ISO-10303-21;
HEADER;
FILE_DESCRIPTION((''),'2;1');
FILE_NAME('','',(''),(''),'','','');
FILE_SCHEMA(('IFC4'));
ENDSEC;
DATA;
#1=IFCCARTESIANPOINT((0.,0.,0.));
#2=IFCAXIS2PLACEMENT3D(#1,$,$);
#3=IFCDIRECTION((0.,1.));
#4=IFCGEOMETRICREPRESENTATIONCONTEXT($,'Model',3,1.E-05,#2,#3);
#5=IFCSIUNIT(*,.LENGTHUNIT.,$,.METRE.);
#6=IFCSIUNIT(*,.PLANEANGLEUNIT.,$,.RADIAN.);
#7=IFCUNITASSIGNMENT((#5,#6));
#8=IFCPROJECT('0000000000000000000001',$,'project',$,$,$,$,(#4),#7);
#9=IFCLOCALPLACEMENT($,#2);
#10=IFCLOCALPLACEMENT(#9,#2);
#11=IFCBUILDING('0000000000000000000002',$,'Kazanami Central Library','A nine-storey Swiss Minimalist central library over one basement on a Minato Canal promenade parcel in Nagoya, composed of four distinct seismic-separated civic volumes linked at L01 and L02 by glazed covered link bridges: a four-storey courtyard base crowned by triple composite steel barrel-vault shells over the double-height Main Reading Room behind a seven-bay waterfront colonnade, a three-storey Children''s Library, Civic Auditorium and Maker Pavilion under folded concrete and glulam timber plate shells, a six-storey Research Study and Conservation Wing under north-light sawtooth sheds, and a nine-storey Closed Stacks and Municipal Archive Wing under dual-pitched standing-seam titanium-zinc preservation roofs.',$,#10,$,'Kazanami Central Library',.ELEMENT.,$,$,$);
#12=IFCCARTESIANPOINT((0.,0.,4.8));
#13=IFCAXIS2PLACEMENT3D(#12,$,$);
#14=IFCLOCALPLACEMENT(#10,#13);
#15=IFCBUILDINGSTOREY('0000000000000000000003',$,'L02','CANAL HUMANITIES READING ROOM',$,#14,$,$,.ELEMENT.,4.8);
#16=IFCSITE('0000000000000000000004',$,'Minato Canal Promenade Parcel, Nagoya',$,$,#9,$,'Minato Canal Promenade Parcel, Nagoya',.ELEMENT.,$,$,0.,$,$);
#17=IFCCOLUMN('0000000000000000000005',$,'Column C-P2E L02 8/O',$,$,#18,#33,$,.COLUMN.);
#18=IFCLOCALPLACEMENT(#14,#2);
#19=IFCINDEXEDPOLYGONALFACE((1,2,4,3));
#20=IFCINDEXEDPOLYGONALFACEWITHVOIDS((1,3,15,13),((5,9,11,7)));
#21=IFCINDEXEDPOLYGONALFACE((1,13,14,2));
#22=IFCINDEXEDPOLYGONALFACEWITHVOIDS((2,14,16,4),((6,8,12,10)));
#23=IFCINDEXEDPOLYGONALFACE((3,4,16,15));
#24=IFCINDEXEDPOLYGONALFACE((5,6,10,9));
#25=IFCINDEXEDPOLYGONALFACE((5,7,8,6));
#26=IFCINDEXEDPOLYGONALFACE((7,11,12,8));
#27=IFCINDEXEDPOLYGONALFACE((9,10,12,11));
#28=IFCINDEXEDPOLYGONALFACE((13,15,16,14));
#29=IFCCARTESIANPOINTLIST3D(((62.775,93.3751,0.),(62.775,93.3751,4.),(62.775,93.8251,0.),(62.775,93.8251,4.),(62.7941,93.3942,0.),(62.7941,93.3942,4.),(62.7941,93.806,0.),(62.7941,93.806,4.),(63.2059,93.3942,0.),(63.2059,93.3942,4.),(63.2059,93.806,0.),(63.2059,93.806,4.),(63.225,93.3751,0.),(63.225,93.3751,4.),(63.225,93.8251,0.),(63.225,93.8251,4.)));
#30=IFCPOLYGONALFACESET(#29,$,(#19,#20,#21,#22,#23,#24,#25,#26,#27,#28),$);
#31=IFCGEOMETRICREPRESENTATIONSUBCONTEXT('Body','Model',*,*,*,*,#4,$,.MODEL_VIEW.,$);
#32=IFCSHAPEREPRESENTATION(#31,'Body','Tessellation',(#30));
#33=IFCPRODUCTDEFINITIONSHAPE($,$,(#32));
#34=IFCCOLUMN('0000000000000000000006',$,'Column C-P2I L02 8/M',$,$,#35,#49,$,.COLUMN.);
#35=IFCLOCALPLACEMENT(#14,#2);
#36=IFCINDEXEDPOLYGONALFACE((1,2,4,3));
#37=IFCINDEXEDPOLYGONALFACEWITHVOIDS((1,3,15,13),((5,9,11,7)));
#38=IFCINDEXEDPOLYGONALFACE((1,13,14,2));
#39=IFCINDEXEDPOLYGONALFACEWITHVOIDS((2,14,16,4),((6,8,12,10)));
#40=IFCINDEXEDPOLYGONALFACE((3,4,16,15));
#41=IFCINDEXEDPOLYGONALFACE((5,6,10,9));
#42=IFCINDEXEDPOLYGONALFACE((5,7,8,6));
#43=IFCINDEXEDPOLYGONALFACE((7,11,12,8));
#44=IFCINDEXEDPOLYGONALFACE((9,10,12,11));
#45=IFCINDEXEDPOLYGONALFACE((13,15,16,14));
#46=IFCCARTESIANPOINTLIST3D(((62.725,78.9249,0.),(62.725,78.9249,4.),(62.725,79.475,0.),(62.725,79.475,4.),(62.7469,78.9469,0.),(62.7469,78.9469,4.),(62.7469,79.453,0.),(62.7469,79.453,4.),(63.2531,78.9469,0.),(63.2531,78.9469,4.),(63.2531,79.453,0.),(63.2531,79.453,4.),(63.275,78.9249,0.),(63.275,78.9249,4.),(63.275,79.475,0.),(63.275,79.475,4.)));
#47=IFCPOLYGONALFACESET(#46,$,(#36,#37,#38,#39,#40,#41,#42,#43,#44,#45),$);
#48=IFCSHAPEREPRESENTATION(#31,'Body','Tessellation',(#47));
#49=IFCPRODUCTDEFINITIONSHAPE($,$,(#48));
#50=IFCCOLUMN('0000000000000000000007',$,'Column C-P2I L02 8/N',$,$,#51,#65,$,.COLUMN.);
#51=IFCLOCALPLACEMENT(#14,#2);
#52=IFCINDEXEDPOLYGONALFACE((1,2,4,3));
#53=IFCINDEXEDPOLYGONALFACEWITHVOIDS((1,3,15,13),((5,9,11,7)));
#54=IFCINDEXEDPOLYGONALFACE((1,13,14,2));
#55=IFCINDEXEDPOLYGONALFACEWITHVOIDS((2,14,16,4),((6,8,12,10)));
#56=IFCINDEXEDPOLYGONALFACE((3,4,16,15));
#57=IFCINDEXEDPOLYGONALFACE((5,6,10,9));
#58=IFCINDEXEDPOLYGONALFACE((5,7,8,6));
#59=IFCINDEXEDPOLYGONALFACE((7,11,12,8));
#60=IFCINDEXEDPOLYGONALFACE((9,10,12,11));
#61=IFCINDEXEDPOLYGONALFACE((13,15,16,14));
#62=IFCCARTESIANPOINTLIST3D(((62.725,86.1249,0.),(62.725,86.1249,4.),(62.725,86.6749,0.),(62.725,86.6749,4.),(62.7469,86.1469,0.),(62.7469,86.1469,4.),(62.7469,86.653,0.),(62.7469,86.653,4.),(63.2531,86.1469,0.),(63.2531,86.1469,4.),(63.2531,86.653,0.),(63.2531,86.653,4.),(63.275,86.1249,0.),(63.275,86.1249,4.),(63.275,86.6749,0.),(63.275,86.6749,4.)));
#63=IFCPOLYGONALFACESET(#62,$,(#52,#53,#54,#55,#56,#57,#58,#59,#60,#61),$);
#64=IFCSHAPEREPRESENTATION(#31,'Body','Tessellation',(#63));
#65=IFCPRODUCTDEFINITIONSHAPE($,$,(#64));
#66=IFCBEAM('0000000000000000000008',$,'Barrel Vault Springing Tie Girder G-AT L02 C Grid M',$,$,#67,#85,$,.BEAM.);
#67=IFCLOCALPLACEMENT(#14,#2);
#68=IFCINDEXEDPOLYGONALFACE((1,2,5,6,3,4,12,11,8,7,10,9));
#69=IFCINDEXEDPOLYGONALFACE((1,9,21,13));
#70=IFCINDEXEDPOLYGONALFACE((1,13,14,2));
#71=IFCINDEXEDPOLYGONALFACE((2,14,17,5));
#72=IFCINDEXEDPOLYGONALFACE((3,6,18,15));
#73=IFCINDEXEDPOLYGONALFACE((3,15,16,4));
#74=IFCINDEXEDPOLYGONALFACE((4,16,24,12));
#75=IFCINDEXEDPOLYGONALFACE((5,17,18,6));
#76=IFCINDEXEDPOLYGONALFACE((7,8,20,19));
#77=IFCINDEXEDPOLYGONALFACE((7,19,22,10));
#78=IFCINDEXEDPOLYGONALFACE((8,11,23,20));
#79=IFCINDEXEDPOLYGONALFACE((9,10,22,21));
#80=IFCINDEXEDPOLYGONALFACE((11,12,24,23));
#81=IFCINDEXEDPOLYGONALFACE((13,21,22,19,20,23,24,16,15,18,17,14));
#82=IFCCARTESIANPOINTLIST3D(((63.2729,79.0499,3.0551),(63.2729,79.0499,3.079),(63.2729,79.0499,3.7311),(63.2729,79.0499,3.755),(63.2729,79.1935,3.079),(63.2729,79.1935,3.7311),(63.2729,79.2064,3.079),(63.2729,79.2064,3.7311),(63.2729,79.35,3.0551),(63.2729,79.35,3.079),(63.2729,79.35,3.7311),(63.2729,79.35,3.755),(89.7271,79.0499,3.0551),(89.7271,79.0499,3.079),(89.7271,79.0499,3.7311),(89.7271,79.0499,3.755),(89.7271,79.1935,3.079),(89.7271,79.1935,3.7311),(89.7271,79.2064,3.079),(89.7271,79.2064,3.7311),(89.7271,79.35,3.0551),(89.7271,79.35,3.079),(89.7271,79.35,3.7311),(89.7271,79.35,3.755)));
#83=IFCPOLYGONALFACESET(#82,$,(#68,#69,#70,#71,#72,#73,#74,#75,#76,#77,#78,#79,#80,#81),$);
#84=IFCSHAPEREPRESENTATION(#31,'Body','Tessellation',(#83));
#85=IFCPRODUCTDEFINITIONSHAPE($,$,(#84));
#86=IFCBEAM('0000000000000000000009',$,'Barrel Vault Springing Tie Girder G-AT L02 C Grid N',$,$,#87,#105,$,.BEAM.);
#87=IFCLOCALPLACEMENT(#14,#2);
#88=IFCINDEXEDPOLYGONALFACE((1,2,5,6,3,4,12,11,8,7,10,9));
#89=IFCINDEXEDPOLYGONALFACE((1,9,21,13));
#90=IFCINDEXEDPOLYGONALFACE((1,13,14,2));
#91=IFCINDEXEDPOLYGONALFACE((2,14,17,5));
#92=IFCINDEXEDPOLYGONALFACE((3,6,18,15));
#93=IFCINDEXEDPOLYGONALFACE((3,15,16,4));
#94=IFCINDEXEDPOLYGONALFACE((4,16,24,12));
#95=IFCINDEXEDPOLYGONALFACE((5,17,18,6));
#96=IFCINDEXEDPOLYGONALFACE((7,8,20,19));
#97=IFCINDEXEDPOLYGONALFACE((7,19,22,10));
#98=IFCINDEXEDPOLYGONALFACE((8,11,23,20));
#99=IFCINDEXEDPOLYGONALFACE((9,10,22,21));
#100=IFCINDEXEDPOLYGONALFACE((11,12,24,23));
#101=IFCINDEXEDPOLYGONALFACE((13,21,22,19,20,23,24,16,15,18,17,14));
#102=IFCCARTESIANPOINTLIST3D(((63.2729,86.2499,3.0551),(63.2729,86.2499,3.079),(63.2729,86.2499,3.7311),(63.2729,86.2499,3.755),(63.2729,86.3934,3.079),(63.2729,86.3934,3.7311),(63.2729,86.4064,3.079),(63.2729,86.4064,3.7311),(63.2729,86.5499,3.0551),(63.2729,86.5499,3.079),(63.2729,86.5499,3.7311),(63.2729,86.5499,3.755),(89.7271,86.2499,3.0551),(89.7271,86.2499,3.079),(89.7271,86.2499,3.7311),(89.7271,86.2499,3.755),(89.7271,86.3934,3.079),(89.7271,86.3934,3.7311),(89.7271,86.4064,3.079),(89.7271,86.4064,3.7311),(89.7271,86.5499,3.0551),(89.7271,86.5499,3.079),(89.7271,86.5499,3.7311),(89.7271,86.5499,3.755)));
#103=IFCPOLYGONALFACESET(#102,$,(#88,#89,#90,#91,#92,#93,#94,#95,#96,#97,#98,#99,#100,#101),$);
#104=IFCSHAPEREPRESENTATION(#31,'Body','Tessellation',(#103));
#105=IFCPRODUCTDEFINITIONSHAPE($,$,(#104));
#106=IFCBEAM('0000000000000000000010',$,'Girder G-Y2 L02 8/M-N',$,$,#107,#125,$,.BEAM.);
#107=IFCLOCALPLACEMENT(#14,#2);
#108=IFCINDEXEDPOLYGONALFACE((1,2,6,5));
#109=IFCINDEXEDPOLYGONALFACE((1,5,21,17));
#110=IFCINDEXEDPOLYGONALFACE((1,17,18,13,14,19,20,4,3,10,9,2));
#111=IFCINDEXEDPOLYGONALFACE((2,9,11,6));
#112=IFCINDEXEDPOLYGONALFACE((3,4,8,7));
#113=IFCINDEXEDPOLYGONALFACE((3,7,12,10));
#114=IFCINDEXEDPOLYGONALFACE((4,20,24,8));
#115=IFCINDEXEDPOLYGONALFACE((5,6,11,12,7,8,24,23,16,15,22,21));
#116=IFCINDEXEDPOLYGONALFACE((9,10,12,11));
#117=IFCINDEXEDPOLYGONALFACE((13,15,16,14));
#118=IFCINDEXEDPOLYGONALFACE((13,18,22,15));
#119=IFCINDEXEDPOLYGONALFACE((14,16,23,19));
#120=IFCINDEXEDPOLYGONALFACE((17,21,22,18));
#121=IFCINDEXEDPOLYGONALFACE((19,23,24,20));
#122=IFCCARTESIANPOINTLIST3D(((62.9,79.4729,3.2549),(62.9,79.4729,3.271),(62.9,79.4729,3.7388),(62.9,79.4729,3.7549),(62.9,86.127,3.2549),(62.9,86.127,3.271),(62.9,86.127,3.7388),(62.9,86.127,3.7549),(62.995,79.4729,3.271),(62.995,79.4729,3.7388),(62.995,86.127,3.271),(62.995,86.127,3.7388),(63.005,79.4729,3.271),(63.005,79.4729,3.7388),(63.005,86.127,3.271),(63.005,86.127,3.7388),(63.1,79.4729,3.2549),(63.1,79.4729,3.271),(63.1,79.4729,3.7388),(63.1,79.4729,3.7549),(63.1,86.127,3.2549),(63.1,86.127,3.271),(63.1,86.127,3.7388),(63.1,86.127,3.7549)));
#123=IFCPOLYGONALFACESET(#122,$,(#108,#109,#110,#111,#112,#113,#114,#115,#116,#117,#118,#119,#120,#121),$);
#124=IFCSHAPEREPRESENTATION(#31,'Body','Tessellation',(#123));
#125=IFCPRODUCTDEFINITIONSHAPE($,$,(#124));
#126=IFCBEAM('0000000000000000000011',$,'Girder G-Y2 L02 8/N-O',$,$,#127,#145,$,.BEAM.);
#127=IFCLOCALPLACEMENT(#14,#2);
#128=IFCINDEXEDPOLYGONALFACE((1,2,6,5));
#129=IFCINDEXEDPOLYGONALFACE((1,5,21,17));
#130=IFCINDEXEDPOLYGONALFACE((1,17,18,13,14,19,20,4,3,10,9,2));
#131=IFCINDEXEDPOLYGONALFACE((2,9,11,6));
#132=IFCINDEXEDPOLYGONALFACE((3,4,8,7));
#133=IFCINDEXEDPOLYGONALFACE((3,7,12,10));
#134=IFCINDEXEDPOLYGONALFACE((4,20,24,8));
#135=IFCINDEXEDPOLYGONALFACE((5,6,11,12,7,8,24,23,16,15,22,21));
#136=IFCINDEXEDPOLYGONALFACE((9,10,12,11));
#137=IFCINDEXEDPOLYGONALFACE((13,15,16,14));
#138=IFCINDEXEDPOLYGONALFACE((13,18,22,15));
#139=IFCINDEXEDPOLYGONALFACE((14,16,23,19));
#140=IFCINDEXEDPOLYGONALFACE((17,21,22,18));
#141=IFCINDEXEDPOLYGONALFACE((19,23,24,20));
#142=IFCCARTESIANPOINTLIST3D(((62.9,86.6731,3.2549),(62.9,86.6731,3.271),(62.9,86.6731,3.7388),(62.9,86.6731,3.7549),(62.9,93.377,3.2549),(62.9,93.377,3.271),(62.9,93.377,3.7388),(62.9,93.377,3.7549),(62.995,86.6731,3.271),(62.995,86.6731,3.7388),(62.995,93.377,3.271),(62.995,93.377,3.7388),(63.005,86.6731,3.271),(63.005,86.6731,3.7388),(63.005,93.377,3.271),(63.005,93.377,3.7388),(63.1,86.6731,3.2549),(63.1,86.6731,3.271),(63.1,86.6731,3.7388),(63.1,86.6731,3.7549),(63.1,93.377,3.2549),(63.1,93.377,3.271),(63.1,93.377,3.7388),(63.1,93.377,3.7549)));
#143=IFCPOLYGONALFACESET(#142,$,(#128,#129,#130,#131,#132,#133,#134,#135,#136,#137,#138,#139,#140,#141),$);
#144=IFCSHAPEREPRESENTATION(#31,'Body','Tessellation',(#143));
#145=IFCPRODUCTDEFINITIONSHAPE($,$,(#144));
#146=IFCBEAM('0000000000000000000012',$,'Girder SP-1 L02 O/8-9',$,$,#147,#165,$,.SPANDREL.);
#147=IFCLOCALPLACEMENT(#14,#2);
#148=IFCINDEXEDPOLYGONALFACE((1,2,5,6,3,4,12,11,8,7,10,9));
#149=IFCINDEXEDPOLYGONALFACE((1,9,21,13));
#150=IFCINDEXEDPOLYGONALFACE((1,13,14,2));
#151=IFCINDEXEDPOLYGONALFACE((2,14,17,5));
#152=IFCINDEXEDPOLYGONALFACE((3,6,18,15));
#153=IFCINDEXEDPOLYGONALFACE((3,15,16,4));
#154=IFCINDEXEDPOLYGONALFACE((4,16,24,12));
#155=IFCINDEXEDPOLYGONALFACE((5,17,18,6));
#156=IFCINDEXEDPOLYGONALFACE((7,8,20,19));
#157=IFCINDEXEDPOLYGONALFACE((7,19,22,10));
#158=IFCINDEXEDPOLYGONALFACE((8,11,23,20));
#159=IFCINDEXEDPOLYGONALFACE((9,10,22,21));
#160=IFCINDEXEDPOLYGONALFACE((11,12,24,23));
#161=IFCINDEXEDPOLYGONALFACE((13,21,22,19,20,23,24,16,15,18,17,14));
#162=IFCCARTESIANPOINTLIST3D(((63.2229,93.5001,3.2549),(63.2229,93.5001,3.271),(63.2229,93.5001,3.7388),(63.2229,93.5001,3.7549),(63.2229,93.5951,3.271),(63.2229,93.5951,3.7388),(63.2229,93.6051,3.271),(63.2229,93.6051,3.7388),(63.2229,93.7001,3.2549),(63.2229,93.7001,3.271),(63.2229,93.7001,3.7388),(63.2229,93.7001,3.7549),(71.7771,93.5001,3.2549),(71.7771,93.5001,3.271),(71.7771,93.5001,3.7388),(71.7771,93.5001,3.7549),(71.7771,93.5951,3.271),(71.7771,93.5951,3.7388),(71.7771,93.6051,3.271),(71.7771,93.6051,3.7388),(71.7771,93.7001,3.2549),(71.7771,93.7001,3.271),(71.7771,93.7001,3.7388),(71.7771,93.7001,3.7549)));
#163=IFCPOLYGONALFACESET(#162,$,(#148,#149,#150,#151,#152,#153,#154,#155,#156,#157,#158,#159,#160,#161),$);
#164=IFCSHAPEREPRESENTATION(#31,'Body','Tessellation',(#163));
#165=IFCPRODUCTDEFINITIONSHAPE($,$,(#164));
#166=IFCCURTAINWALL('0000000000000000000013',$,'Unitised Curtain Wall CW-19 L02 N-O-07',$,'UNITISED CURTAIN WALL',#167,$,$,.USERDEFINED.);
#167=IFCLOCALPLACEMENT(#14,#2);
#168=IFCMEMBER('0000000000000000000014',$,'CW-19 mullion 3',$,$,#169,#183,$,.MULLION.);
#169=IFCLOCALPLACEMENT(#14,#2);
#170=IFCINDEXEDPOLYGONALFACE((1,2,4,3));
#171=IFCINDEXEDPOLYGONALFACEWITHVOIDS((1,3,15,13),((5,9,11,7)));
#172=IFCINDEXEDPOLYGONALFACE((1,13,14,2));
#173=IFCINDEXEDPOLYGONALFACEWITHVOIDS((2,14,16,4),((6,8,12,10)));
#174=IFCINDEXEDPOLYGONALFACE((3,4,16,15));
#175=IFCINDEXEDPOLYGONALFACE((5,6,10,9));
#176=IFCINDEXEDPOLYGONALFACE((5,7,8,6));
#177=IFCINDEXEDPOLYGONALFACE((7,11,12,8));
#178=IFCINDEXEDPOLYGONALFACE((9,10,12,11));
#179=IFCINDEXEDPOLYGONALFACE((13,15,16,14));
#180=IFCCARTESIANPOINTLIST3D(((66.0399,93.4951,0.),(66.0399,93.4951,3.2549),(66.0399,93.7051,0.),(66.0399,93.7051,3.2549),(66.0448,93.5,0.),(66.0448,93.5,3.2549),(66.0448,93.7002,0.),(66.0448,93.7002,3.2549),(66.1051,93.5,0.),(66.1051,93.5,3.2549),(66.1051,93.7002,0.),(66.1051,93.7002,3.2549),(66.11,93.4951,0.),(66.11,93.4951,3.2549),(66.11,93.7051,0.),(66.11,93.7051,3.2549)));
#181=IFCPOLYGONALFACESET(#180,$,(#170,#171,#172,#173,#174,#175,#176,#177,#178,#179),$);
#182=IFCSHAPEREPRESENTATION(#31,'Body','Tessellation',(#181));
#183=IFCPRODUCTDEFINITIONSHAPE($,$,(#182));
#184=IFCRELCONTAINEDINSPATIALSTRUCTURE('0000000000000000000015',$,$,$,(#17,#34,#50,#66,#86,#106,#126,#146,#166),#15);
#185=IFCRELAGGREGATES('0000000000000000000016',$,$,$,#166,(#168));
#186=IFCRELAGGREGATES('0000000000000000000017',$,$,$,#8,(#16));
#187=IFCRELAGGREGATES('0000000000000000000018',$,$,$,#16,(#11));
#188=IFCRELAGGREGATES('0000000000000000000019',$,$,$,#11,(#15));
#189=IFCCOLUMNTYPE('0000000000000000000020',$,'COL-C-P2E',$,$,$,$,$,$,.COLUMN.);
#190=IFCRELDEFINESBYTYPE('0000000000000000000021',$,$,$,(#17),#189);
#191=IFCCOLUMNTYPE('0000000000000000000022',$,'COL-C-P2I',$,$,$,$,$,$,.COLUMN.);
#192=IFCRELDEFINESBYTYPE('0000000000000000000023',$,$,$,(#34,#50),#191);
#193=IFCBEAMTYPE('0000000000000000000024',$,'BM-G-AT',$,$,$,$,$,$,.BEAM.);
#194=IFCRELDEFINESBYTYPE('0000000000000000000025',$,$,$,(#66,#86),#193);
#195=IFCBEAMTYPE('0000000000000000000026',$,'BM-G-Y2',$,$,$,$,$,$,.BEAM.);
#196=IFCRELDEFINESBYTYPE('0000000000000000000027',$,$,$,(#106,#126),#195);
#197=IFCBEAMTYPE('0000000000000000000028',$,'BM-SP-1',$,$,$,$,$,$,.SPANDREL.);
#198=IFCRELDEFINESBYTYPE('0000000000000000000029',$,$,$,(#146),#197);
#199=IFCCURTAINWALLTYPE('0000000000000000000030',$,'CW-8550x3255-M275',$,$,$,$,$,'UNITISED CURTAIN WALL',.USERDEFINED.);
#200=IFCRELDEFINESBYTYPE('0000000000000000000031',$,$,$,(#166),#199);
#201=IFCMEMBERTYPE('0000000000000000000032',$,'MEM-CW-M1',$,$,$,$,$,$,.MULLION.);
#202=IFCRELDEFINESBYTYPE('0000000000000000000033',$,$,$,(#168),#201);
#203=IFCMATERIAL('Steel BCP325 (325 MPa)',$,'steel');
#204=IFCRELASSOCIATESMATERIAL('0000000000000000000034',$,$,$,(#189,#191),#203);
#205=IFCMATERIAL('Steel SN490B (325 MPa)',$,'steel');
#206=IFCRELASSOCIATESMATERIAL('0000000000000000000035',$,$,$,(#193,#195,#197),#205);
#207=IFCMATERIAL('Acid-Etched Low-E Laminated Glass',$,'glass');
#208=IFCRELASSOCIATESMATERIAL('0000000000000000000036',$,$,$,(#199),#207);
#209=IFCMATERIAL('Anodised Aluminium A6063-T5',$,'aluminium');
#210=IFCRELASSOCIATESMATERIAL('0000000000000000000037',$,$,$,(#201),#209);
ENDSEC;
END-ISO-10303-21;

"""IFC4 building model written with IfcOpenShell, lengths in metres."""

from ifc_helpers import new_model, si_unit, direction, frame, origin, origin_2d, place, context, subcontext, project, spatial, hollow_rectangle, i_section, extrude, material, material_profile, profile_set, type_object, element, aggregate, save


model = new_model("IFC4")

# Units and contexts
model_context = context("Model", 3, precision=1e-05, world=origin(), true_north=direction((0.0, 1.0)))
body_context = subcontext(model_context, "Body", "Model", "MODEL_VIEW")
ifc_project = project(units=[si_unit("LENGTHUNIT", "METRE"), si_unit("PLANEANGLEUNIT", "RADIAN")], contexts=[model_context])

# Site, building, storey
site_placement = place(None, origin())
site = spatial("IfcSite", under=ifc_project, at=site_placement, Name="Minato Canal Promenade Parcel, Nagoya", LongName="Minato Canal Promenade Parcel, Nagoya", CompositionType="ELEMENT", RefElevation=0.0)
building_placement = place(site_placement, origin())
building = spatial("IfcBuilding", under=site, at=building_placement, Name="Kazanami Central Library", Description="A nine-storey Swiss Minimalist central library over one basement on a Minato Canal promenade parcel in Nagoya, composed of four distinct seismic-separated civic volumes linked at L01 and L02 by glazed covered link bridges: a four-storey courtyard base crowned by triple composite steel barrel-vault shells over the double-height Main Reading Room behind a seven-bay waterfront colonnade, a three-storey Children's Library, Civic Auditorium and Maker Pavilion under folded concrete and glulam timber plate shells, a six-storey Research Study and Conservation Wing under north-light sawtooth sheds, and a nine-storey Closed Stacks and Municipal Archive Wing under dual-pitched standing-seam titanium-zinc preservation roofs.", LongName="Kazanami Central Library", CompositionType="ELEMENT")
storey_placement = place(building_placement, frame((0.0, 0.0, 4.8)))
storey = spatial("IfcBuildingStorey", under=building, at=storey_placement, Name="L02", Description="CANAL HUMANITIES READING ROOM", CompositionType="ELEMENT", Elevation=4.8)

# Columns
ifc_material_1 = material(Name="Steel BCP325 (325 MPa)", Category="steel")
ifc_material_profile_1 = material_profile(ifc_material_1, hollow_rectangle(XDim=0.45, YDim=0.45, WallThickness=0.019, at=origin_2d()), Name="BCP-450x450x19")
ifc_profile_set_1 = profile_set([ifc_material_profile_1], Name="Steel BCP325 (325 MPa)")
column_type_1 = type_object("IfcColumnType", Name="COL-C-P2E", PredefinedType="COLUMN", material=ifc_profile_set_1)
column_placement = place(storey_placement, frame((63.0, 93.6001, 0.0), z_axis=(0.0, 0.0, 1.0), x_axis=(1.0, 0.0, 0.0)))
element("IfcColumn", 1, at=column_placement, inside=storey, type_object=column_type_1, Name="Column C-P2E L02 8/O", PredefinedType="COLUMN", context=body_context, shape_type="SweptSolid", body=[
    extrude(hollow_rectangle(XDim=0.45, YDim=0.45, WallThickness=0.019, at=origin_2d()), origin(), (0.0, 0.0, 1.0), 4.0),
])
ifc_material_profile_2 = material_profile(ifc_material_1, hollow_rectangle(XDim=0.55, YDim=0.55, WallThickness=0.022, at=origin_2d()), Name="BCP-550x550x22")
ifc_profile_set_2 = profile_set([ifc_material_profile_2], Name="Steel BCP325 (325 MPa)")
column_type_2 = type_object("IfcColumnType", Name="COL-C-P2I", PredefinedType="COLUMN", material=ifc_profile_set_2)
for number, where, z_axis, x_axis, name in (
    (2, (63.0, 79.2, 0.0), (0.0, 0.0, 1.0), (1.0, 0.0, 0.0), "Column C-P2I L02 8/M"),
    (3, (63.0, 86.3999, 0.0), (0.0, 0.0, 1.0), (1.0, 0.0, 0.0), "Column C-P2I L02 8/N"),
):
    element("IfcColumn", number, at=place(storey_placement, frame(where, z_axis=z_axis, x_axis=x_axis)), inside=storey, type_object=column_type_2, Name=name, PredefinedType="COLUMN", context=body_context, shape_type="SweptSolid", body=[
        extrude(hollow_rectangle(XDim=0.55, YDim=0.55, WallThickness=0.022, at=origin_2d()), origin(), (0.0, 0.0, 1.0), 4.0),
    ])

# Beams
ifc_material_2 = material(Name="Steel SN490B (325 MPa)", Category="steel")
ifc_material_profile_3 = material_profile(ifc_material_2, i_section(OverallWidth=0.3, OverallDepth=0.7, WebThickness=0.0129, FlangeThickness=0.0239, at=origin_2d()), Name="H-700x300x13x24")
ifc_profile_set_3 = profile_set([ifc_material_profile_3], Name="Steel SN490B (325 MPa)")
beam_type_1 = type_object("IfcBeamType", Name="BM-G-AT", PredefinedType="BEAM", material=ifc_profile_set_3)
for number, where, z_axis, x_axis, name in (
    (4, (63.2729, 79.2, 3.405), (1.0, 0.0, 0.0), (0.0, 1.0, 0.0), "Barrel Vault Springing Tie Girder G-AT L02 C Grid M"),
    (5, (63.2729, 86.3999, 3.405), (1.0, 0.0, 0.0), (0.0, 1.0, 0.0), "Barrel Vault Springing Tie Girder G-AT L02 C Grid N"),
):
    element("IfcBeam", number, at=place(storey_placement, frame(where, z_axis=z_axis, x_axis=x_axis)), inside=storey, type_object=beam_type_1, Name=name, PredefinedType="BEAM", context=body_context, shape_type="SweptSolid", body=[
        extrude(i_section(OverallWidth=0.3, OverallDepth=0.7, WebThickness=0.0129, FlangeThickness=0.0239, at=origin_2d()), origin(), (0.0, 0.0, 1.0), 26.4541),
    ])
ifc_material_profile_4 = material_profile(ifc_material_2, i_section(OverallWidth=0.2, OverallDepth=0.5, WebThickness=0.01, FlangeThickness=0.0161, at=origin_2d()), Name="H-500x200x10x16")
ifc_profile_set_4 = profile_set([ifc_material_profile_4], Name="Steel SN490B (325 MPa)")
beam_type_2 = type_object("IfcBeamType", Name="BM-G-Y2", PredefinedType="BEAM", material=ifc_profile_set_4)
beam_1_placement = place(storey_placement, frame((63.0, 79.4729, 3.5049), z_axis=(0.0, 1.0, 0.0), x_axis=(-1.0, 0.0, 0.0)))
element("IfcBeam", 6, at=beam_1_placement, inside=storey, type_object=beam_type_2, Name="Girder G-Y2 L02 8/M-N", PredefinedType="BEAM", context=body_context, shape_type="SweptSolid", body=[
    extrude(i_section(OverallWidth=0.2, OverallDepth=0.5, WebThickness=0.01, FlangeThickness=0.0161, at=origin_2d()), origin(), (0.0, 0.0, 1.0), 6.6541),
])
beam_2_placement = place(storey_placement, frame((63.0, 86.6731, 3.5049), z_axis=(0.0, 1.0, 0.0), x_axis=(-1.0, 0.0, 0.0)))
element("IfcBeam", 7, at=beam_2_placement, inside=storey, type_object=beam_type_2, Name="Girder G-Y2 L02 8/N-O", PredefinedType="BEAM", context=body_context, shape_type="SweptSolid", body=[
    extrude(i_section(OverallWidth=0.2, OverallDepth=0.5, WebThickness=0.01, FlangeThickness=0.0161, at=origin_2d()), origin(), (0.0, 0.0, 1.0), 6.7039),
])
ifc_material_profile_5 = material_profile(ifc_material_2, i_section(OverallWidth=0.2, OverallDepth=0.5, WebThickness=0.01, FlangeThickness=0.0161, at=origin_2d()), Name="H-500x200x10x16")
ifc_profile_set_5 = profile_set([ifc_material_profile_5], Name="Steel SN490B (325 MPa)")
beam_type_3 = type_object("IfcBeamType", Name="BM-SP-1", PredefinedType="SPANDREL", material=ifc_profile_set_5)
beam_3_placement = place(storey_placement, frame((63.2229, 93.6001, 3.5049), z_axis=(1.0, 0.0, 0.0), x_axis=(0.0, 1.0, 0.0)))
element("IfcBeam", 8, at=beam_3_placement, inside=storey, type_object=beam_type_3, Name="Girder SP-1 L02 O/8-9", PredefinedType="SPANDREL", context=body_context, shape_type="SweptSolid", body=[
    extrude(i_section(OverallWidth=0.2, OverallDepth=0.5, WebThickness=0.01, FlangeThickness=0.0161, at=origin_2d()), origin(), (0.0, 0.0, 1.0), 8.5542),
])

# Curtain wall, member
ifc_material_3 = material(Name="Acid-Etched Low-E Laminated Glass", Category="glass")
curtain_wall_type = type_object("IfcCurtainWallType", Name="CW-8550x3255-M275", ElementType="UNITISED CURTAIN WALL", PredefinedType="USERDEFINED", material=ifc_material_3)
curtain_wall_placement = place(storey_placement, origin())
curtain_wall = element("IfcCurtainWall", 9, at=curtain_wall_placement, inside=storey, type_object=curtain_wall_type, Name="Unitised Curtain Wall CW-19 L02 N-O-07", ObjectType="UNITISED CURTAIN WALL", PredefinedType="USERDEFINED")
ifc_material_4 = material(Name="Anodised Aluminium A6063-T5", Category="aluminium")
ifc_material_profile_6 = material_profile(ifc_material_4, hollow_rectangle(XDim=0.0701, YDim=0.21, WallThickness=0.0049, at=origin_2d()), Name="ALU-MULL-70x210x5")
ifc_profile_set_6 = profile_set([ifc_material_profile_6], Name="Anodised Aluminium A6063-T5")
member_type_1 = type_object("IfcMemberType", Name="MEM-CW-M1", PredefinedType="MULLION", material=ifc_profile_set_6)
member_1_placement = place(storey_placement, frame((66.075, 93.6001, 0.0), z_axis=(0.0, 0.0, 1.0), x_axis=(-1.0, 0.0, 0.0)))
member_1 = element("IfcMember", 10, at=member_1_placement, type_object=member_type_1, Name="CW-19 mullion 3", PredefinedType="MULLION", context=body_context, shape_type="SweptSolid", body=[
    extrude(hollow_rectangle(XDim=0.0701, YDim=0.21, WallThickness=0.0049, at=origin_2d()), origin(), (0.0, 0.0, 1.0), 3.2549),
])
aggregate(curtain_wall, [member_1])

save(model, "model.ifc")
